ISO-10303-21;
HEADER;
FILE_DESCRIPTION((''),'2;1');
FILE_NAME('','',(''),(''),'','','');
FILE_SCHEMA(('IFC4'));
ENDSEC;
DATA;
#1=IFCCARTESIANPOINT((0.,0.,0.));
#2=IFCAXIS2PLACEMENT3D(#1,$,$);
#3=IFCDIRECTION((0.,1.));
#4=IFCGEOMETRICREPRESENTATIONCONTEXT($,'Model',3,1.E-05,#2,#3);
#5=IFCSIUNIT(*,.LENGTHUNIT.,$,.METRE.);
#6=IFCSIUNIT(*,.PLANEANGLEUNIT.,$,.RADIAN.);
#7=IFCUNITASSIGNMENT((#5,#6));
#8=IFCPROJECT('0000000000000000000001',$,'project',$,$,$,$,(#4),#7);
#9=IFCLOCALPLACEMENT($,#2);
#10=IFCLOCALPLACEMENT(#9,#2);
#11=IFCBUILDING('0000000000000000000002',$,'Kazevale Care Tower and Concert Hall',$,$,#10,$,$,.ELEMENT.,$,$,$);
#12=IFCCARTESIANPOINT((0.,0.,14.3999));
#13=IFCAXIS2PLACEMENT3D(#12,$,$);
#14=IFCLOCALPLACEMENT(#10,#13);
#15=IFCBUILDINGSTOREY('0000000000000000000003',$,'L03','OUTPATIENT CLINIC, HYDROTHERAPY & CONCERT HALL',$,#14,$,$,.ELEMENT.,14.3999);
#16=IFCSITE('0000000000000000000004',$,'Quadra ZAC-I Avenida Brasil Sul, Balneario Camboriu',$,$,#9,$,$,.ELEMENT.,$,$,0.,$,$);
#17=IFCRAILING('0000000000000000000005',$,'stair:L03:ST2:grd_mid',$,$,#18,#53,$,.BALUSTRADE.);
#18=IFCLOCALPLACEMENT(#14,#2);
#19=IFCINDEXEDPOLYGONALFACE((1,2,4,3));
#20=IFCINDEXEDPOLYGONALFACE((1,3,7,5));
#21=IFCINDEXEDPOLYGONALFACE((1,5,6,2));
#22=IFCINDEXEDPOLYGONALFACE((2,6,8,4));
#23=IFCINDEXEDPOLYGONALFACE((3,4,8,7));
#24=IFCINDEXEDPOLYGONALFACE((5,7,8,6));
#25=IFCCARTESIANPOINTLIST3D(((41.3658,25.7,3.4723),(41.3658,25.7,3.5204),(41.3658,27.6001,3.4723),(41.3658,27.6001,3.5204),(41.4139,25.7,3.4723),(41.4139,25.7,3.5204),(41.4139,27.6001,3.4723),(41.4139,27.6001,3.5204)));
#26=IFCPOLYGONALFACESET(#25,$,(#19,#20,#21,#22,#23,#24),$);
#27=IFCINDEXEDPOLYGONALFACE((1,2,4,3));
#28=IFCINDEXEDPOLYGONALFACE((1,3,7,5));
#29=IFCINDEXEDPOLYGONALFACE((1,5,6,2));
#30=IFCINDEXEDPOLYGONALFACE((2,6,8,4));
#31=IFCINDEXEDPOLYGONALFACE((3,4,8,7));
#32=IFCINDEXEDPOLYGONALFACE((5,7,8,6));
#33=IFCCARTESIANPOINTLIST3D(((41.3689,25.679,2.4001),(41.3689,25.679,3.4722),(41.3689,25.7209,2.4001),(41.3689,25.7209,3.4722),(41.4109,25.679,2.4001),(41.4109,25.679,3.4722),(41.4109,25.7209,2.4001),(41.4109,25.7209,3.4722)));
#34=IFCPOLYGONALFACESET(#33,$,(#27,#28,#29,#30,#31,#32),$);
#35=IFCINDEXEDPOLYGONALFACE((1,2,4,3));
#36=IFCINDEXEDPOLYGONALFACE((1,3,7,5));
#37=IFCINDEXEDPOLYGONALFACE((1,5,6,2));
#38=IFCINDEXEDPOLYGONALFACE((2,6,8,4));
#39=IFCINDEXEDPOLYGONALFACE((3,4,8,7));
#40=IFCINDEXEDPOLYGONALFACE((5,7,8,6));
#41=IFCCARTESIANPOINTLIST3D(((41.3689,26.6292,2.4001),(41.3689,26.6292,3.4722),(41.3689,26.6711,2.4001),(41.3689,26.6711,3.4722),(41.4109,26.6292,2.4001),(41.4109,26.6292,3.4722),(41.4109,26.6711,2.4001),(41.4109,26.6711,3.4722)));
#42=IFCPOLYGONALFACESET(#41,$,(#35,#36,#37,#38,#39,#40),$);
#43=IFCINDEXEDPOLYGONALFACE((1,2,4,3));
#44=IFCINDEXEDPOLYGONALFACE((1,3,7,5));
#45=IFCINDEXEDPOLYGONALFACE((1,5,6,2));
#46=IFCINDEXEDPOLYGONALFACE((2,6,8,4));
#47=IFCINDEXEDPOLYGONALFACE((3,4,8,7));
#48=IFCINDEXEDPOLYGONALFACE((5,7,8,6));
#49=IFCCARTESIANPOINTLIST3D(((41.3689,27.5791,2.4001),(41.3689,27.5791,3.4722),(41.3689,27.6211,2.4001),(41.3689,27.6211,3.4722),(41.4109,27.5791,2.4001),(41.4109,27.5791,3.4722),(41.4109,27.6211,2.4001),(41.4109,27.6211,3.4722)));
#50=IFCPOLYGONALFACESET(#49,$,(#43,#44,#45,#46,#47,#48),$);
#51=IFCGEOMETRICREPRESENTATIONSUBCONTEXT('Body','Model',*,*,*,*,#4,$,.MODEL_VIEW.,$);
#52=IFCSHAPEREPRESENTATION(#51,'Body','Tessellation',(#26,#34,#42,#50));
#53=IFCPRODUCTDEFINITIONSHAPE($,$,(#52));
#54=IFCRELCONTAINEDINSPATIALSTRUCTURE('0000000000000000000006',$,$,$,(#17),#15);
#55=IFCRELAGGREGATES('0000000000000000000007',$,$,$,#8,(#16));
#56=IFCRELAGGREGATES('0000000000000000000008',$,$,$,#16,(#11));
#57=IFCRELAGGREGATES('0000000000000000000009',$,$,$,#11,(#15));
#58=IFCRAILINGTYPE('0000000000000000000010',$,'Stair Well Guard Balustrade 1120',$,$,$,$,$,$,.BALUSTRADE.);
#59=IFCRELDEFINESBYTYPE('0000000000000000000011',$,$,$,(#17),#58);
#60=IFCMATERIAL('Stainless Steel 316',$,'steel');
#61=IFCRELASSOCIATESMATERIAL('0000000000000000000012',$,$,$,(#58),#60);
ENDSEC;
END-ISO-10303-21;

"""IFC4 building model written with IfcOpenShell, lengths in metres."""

from ifc_helpers import new_model, si_unit, direction, frame, origin, origin_2d, place, context, subcontext, project, spatial, rectangle, extrude, material, type_object, element, save


model = new_model("IFC4")

# Units and contexts
model_context = context("Model", 3, precision=1e-05, world=origin(), true_north=direction((0.0, 1.0)))
body_context = subcontext(model_context, "Body", "Model", "MODEL_VIEW")
ifc_project = project(units=[si_unit("LENGTHUNIT", "METRE"), si_unit("PLANEANGLEUNIT", "RADIAN")], contexts=[model_context])

# Site, building, storey
site_placement = place(None, origin())
site = spatial("IfcSite", under=ifc_project, at=site_placement, Name="Quadra ZAC-I Avenida Brasil Sul, Balneario Camboriu", CompositionType="ELEMENT", RefElevation=0.0)
building_placement = place(site_placement, origin())
building = spatial("IfcBuilding", under=site, at=building_placement, Name="Kazevale Care Tower and Concert Hall", CompositionType="ELEMENT")
storey_placement = place(building_placement, frame((0.0, 0.0, 14.3999)))
storey = spatial("IfcBuildingStorey", under=building, at=storey_placement, Name="L03", Description="OUTPATIENT CLINIC, HYDROTHERAPY & CONCERT HALL", CompositionType="ELEMENT", Elevation=14.3999)

# Railing
ifc_material_1 = material(Name="Stainless Steel 316", Category="steel")
railing_type_1 = type_object("IfcRailingType", Name="Stair Well Guard Balustrade 1120", PredefinedType="BALUSTRADE", material=ifc_material_1)
railing_1_placement = place(storey_placement, frame((41.3899, 25.7, 2.4001)))
element("IfcRailing", 1, at=railing_1_placement, inside=storey, type_object=railing_type_1, Name="stair:L03:ST2:grd_mid", PredefinedType="BALUSTRADE", context=body_context, shape_type="SweptSolid", body=[
    extrude(rectangle(XDim=0.0481, YDim=0.0481, at=origin_2d()), frame((0.0, 0.0, 1.0962), z_axis=(0.0, 1.0, 0.0), x_axis=(-1.0, 0.0, 0.0)), (0.0, 0.0, 1.0), 1.9001),
    extrude(rectangle(XDim=0.042, YDim=0.042, at=origin_2d()), origin(), (0.0, 0.0, 1.0), 1.072),
    extrude(rectangle(XDim=0.042, YDim=0.042, at=origin_2d()), frame((0.0, 0.9502, 0.0)), (0.0, 0.0, 1.0), 1.072),
    extrude(rectangle(XDim=0.042, YDim=0.042, at=origin_2d()), frame((0.0, 1.9001, 0.0)), (0.0, 0.0, 1.0), 1.072),
])

save(model, "model.ifc")
